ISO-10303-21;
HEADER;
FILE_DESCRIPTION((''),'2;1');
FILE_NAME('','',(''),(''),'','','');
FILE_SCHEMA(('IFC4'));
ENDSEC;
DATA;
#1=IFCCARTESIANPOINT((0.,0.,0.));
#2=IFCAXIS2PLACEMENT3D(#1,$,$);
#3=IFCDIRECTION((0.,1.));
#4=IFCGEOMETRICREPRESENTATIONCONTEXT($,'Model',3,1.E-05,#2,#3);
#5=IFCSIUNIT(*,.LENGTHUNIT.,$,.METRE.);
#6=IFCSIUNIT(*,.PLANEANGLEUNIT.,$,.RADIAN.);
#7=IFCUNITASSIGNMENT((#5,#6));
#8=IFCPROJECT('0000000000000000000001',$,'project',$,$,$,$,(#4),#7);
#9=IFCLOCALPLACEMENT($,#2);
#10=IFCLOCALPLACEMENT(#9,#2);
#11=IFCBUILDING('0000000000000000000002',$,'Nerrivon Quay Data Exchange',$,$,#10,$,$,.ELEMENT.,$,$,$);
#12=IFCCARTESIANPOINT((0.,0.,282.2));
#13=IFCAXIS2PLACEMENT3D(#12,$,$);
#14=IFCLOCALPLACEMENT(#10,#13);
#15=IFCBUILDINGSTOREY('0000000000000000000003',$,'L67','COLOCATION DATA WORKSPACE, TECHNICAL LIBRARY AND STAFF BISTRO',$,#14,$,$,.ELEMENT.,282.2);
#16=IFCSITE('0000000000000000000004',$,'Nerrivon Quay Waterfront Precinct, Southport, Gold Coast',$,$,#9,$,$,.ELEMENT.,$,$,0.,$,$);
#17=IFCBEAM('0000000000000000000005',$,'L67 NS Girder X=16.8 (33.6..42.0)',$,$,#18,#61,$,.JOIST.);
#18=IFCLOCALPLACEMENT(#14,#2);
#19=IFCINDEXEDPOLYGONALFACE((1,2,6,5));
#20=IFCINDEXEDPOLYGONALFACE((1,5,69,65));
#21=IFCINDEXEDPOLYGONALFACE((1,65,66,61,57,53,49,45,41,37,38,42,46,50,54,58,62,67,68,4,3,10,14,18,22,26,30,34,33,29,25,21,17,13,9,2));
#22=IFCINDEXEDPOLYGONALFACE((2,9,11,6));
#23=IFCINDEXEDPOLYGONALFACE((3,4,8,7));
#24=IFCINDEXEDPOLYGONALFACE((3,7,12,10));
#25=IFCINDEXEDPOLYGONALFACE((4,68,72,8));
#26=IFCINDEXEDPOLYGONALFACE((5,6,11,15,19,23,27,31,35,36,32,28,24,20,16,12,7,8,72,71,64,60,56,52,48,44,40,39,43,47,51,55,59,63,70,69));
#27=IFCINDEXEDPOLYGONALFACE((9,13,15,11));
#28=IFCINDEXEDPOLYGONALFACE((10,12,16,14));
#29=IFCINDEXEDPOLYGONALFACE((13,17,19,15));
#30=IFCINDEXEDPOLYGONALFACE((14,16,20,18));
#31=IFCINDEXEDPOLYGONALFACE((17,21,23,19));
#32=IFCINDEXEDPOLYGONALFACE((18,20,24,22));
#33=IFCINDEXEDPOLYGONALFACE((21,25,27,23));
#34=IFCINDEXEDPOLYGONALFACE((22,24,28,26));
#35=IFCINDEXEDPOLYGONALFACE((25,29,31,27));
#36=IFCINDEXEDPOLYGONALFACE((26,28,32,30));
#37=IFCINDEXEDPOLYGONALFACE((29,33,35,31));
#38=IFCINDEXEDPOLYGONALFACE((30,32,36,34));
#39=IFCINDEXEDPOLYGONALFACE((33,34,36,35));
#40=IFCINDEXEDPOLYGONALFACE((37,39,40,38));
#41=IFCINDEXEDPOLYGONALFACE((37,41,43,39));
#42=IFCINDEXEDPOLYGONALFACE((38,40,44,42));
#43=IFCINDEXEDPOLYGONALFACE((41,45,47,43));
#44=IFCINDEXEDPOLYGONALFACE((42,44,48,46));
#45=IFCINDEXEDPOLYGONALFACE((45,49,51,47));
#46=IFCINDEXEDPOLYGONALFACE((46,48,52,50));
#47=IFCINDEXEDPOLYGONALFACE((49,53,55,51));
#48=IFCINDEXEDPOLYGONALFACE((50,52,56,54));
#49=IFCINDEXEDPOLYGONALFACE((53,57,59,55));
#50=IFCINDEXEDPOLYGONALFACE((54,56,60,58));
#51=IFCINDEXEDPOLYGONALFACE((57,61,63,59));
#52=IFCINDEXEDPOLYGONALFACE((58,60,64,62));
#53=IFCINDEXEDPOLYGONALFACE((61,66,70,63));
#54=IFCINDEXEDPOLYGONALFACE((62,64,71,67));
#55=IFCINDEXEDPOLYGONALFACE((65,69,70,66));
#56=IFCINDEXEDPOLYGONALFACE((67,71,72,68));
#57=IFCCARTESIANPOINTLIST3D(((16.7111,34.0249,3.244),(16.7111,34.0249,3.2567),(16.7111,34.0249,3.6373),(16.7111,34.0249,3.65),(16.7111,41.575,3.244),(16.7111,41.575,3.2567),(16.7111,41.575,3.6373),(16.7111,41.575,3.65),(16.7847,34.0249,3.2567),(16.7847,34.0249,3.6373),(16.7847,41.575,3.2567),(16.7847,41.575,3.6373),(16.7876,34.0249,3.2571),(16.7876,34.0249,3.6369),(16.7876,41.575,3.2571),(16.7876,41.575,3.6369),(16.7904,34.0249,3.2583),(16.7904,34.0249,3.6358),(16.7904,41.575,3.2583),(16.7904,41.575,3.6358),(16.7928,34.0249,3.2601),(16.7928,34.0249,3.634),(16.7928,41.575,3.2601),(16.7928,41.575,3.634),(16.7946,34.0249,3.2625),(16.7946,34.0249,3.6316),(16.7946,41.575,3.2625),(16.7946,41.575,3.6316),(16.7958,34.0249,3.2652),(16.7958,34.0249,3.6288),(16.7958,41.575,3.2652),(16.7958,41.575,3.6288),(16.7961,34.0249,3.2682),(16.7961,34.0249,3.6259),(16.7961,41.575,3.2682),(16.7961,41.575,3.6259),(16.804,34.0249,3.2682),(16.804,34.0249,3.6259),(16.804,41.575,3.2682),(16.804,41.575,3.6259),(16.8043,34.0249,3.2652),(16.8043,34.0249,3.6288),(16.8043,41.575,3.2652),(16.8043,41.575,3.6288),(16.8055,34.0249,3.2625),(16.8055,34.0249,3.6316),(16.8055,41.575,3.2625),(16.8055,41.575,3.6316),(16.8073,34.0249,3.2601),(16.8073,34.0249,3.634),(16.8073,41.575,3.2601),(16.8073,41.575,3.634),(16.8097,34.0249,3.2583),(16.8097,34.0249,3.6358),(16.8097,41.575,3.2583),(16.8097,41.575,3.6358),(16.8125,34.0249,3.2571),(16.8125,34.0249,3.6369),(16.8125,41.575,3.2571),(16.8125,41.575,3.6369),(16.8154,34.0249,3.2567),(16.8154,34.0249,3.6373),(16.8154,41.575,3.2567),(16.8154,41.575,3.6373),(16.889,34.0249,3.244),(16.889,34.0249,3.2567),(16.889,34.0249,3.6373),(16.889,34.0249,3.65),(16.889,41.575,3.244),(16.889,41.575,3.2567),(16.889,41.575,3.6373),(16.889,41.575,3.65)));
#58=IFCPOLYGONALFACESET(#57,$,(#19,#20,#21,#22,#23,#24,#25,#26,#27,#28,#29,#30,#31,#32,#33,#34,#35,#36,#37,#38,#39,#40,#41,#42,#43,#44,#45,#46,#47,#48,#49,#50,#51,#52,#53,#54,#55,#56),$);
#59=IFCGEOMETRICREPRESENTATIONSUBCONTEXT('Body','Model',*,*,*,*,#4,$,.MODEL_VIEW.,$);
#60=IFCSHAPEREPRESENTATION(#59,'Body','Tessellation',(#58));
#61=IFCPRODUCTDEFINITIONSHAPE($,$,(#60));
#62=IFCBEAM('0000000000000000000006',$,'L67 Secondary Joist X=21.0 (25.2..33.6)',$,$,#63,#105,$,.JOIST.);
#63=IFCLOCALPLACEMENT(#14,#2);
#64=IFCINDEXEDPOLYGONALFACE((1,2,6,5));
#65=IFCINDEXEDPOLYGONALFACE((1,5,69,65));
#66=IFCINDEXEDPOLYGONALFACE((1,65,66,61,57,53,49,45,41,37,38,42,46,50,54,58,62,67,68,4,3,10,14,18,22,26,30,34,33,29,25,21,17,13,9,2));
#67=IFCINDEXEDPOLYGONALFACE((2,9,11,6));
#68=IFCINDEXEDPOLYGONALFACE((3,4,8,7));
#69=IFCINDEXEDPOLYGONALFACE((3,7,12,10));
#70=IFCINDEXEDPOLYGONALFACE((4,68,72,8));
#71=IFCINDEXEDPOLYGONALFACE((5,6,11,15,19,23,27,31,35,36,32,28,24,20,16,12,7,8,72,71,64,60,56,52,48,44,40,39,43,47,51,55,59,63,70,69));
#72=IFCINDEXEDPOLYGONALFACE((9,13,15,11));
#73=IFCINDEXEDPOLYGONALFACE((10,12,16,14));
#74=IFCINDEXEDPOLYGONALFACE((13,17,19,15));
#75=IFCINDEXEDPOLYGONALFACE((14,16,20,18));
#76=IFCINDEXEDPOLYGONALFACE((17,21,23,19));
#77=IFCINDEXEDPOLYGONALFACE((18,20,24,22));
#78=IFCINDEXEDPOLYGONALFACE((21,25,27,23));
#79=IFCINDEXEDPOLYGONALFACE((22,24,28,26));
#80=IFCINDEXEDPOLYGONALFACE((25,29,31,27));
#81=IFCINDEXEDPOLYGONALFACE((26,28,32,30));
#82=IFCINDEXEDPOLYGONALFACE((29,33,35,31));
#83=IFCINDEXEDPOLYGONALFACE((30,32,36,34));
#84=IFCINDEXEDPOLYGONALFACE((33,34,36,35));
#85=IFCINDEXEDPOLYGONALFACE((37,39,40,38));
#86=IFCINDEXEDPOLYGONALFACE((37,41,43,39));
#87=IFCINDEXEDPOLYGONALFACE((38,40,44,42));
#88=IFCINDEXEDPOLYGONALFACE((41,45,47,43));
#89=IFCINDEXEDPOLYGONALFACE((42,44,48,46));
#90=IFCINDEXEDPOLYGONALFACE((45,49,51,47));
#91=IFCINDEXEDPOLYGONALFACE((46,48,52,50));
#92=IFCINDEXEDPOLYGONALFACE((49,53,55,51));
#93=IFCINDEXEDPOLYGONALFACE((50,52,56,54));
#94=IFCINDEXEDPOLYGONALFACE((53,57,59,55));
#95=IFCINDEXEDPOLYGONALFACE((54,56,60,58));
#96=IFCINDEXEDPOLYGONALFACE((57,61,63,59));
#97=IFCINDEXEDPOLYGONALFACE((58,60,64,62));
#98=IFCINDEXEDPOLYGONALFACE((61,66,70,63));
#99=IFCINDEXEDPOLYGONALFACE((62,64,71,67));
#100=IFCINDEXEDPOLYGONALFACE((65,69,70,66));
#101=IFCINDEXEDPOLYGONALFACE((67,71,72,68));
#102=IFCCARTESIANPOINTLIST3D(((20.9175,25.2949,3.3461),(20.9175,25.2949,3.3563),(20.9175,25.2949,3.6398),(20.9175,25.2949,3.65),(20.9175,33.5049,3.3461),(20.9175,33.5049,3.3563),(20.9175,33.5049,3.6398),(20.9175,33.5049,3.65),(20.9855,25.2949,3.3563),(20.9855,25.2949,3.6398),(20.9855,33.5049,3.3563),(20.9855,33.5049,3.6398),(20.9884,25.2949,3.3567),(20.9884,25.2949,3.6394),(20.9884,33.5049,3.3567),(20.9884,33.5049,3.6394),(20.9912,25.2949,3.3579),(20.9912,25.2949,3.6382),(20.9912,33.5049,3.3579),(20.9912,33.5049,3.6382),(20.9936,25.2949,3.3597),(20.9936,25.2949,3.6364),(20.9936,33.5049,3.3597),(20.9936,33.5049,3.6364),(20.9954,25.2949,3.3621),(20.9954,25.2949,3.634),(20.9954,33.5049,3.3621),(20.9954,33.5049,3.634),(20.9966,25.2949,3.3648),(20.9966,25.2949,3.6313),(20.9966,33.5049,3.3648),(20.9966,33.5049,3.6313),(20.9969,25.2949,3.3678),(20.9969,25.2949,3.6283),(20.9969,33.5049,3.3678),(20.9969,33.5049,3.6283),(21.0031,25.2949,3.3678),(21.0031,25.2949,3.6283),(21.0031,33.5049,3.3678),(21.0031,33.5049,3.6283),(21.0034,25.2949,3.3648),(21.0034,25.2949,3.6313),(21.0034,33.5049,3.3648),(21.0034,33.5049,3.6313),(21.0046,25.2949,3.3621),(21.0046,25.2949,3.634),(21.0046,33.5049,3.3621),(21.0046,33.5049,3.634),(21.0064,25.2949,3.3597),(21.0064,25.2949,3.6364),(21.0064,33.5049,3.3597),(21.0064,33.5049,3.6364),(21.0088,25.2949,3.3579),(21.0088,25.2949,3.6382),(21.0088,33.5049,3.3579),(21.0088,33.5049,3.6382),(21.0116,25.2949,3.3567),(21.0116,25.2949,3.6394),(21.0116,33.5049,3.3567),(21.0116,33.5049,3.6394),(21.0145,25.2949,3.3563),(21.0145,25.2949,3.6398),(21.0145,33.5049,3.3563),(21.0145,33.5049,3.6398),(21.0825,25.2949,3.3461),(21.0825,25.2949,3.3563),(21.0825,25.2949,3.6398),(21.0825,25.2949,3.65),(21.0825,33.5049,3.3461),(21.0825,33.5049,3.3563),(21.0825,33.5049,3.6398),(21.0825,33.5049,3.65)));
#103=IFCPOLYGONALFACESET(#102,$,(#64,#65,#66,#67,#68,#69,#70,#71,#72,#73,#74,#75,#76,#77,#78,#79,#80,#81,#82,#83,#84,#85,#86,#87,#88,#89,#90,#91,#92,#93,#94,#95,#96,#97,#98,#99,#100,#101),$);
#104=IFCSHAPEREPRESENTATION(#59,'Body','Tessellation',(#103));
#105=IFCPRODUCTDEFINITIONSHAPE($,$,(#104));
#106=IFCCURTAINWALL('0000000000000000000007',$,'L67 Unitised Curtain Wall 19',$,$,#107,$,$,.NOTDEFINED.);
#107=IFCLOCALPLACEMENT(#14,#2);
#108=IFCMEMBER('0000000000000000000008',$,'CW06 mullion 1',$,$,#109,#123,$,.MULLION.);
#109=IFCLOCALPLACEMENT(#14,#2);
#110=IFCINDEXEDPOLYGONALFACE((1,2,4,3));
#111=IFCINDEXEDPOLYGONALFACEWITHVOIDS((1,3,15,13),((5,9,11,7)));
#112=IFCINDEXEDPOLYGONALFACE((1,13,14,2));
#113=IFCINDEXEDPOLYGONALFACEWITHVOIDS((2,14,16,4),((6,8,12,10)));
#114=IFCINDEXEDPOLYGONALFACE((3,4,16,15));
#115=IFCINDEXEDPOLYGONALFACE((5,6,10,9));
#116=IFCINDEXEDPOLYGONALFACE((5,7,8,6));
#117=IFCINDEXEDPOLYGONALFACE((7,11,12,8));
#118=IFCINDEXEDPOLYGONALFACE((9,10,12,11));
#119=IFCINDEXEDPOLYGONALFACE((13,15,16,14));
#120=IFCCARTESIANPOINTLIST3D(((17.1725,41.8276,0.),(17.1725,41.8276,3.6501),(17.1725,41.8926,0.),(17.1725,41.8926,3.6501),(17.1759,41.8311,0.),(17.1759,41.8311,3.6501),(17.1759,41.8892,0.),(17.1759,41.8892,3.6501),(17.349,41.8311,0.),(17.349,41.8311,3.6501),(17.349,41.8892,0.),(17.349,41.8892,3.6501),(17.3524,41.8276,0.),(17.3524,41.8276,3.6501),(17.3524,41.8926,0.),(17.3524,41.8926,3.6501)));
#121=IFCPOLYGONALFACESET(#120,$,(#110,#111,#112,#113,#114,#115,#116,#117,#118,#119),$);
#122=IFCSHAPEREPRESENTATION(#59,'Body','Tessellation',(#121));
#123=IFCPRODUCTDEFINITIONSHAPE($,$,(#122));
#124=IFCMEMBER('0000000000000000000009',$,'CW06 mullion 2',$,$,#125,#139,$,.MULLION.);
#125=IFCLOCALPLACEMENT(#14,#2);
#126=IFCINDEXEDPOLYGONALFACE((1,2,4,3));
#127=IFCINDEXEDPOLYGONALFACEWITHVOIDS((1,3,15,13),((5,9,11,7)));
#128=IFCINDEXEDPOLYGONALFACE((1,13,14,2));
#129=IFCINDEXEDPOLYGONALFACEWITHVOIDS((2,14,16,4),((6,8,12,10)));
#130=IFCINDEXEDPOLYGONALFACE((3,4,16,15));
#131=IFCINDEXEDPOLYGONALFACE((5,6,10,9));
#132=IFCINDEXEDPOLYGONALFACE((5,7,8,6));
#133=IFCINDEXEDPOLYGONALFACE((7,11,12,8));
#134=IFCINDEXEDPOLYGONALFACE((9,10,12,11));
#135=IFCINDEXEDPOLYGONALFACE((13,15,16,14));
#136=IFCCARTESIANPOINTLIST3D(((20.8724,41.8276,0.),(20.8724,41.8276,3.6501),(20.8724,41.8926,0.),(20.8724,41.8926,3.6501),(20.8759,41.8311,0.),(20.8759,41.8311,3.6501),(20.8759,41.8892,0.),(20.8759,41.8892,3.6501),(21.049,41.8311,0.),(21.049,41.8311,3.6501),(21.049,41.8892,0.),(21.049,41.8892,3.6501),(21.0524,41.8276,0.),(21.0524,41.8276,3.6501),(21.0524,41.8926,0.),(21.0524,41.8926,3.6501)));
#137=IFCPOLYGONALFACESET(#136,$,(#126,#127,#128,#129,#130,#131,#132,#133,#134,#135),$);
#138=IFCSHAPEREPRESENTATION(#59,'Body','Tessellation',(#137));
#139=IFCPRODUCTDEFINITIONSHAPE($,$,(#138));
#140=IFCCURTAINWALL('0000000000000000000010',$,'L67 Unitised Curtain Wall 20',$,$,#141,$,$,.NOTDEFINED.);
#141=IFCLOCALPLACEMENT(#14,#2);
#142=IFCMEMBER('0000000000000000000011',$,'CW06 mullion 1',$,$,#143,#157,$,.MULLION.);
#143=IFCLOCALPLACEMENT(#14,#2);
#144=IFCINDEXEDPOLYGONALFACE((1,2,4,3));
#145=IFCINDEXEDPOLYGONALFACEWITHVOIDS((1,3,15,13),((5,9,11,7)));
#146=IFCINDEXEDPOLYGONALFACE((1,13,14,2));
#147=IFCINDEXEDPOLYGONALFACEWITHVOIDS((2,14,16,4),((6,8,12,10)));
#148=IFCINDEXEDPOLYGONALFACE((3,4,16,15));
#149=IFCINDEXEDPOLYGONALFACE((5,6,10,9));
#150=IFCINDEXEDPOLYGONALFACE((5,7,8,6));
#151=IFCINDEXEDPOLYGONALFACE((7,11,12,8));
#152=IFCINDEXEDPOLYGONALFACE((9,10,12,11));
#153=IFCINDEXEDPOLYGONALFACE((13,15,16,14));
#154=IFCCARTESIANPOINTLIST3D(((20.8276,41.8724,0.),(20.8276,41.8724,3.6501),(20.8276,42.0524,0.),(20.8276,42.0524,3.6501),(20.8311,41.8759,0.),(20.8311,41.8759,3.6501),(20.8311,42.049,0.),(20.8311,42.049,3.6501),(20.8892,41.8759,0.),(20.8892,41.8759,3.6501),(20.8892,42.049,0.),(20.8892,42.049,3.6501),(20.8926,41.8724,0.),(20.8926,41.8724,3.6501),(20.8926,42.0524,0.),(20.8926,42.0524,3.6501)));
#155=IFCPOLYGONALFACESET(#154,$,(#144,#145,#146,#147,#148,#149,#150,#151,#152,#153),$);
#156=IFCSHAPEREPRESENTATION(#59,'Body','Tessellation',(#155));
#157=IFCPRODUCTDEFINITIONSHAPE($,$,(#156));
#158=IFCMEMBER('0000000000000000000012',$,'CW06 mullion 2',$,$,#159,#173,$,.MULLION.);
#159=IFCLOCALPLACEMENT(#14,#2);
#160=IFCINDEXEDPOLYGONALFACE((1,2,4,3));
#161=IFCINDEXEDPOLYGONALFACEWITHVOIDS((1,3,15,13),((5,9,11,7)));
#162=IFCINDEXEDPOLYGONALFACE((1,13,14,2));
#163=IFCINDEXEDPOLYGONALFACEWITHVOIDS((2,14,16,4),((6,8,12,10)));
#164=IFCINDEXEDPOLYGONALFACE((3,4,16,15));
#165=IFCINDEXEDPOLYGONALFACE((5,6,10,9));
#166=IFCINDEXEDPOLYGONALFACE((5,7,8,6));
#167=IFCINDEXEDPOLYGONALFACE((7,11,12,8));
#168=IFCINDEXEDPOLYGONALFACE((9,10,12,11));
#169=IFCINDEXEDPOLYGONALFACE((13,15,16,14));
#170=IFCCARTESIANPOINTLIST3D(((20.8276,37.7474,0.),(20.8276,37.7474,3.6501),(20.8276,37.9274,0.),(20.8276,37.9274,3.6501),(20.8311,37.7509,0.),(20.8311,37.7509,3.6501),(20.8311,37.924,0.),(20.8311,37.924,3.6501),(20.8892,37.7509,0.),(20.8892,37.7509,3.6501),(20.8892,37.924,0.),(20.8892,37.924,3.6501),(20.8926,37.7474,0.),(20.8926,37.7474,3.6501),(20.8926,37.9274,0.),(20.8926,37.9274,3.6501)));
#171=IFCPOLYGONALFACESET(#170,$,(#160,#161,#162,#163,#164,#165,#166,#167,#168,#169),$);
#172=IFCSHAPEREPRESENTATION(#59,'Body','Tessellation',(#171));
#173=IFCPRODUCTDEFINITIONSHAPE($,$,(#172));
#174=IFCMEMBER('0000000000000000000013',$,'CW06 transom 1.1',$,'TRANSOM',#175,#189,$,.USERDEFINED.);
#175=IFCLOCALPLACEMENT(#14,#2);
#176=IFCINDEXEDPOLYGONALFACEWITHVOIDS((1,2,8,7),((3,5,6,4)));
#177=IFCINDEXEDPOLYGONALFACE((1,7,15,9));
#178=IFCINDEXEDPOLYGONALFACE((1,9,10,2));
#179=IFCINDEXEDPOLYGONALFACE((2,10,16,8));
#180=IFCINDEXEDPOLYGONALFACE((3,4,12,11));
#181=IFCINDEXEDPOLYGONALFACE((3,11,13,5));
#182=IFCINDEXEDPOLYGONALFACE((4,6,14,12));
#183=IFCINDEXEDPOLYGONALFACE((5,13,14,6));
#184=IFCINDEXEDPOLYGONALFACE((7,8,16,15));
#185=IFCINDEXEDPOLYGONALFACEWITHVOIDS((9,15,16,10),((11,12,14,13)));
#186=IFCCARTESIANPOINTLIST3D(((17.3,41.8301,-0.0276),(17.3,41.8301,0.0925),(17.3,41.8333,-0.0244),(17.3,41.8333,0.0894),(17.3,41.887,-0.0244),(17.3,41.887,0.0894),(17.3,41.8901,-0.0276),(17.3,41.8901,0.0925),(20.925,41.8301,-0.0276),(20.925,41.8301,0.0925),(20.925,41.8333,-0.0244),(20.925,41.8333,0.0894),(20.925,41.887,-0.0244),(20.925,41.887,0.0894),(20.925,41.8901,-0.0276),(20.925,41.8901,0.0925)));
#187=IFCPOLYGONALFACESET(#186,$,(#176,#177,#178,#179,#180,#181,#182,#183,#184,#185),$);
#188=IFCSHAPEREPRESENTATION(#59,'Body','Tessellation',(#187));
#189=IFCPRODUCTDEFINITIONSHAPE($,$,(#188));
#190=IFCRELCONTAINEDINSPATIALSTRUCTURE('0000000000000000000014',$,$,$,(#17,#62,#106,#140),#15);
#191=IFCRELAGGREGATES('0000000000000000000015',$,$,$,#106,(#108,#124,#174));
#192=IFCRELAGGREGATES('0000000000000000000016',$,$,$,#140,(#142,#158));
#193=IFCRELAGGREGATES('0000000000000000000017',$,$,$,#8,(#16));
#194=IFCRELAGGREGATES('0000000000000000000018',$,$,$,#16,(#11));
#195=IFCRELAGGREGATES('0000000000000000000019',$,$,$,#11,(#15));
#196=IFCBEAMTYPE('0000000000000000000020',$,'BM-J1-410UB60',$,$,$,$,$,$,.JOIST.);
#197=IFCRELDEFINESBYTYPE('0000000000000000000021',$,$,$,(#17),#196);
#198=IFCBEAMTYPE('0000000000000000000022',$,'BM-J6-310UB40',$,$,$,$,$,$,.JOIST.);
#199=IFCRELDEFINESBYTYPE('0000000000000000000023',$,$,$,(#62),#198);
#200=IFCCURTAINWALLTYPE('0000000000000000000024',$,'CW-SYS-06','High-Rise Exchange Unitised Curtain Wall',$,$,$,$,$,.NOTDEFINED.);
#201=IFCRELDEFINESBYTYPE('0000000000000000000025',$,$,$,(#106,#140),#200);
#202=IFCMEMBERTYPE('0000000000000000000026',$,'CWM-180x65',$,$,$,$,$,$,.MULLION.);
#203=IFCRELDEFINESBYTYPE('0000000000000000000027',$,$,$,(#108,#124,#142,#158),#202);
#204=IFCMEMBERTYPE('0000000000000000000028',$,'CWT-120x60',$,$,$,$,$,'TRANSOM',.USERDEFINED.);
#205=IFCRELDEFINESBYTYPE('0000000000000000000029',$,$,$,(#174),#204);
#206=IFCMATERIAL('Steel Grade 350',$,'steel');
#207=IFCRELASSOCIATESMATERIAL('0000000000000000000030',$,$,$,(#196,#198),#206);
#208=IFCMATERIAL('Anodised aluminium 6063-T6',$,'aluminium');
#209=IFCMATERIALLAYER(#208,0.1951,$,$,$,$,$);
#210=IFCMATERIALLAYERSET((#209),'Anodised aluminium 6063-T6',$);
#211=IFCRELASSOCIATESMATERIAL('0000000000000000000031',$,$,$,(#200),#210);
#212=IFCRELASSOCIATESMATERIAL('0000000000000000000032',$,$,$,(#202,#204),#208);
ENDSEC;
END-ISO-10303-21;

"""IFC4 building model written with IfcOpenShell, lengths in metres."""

from ifc_helpers import new_model, si_unit, direction, frame, origin, origin_2d, place, context, subcontext, project, spatial, hollow_rectangle, i_section, extrude, material, layer, layer_set, material_profile, profile_set, type_object, element, aggregate, save


model = new_model("IFC4")

# Units and contexts
model_context = context("Model", 3, precision=1e-05, world=origin(), true_north=direction((0.0, 1.0)))
body_context = subcontext(model_context, "Body", "Model", "MODEL_VIEW")
ifc_project = project(units=[si_unit("LENGTHUNIT", "METRE"), si_unit("PLANEANGLEUNIT", "RADIAN")], contexts=[model_context])

# Site, building, storey
site_placement = place(None, origin())
site = spatial("IfcSite", under=ifc_project, at=site_placement, Name="Nerrivon Quay Waterfront Precinct, Southport, Gold Coast", CompositionType="ELEMENT", RefElevation=0.0)
building_placement = place(site_placement, origin())
building = spatial("IfcBuilding", under=site, at=building_placement, Name="Nerrivon Quay Data Exchange", CompositionType="ELEMENT")
storey_placement = place(building_placement, frame((0.0, 0.0, 282.2)))
storey = spatial("IfcBuildingStorey", under=building, at=storey_placement, Name="L67", Description="COLOCATION DATA WORKSPACE, TECHNICAL LIBRARY AND STAFF BISTRO", CompositionType="ELEMENT", Elevation=282.2)

# Beams
ifc_material_1 = material(Name="Steel Grade 350", Category="steel")
ifc_material_profile_1 = material_profile(ifc_material_1, i_section(OverallWidth=0.178, OverallDepth=0.406, WebThickness=0.0078, FlangeThickness=0.0127, FilletRadius=0.0115, at=origin_2d()), Name="410UB59.7")
ifc_profile_set_1 = profile_set([ifc_material_profile_1], Name="Steel Grade 350")
beam_type_1 = type_object("IfcBeamType", Name="BM-J1-410UB60", PredefinedType="JOIST", material=ifc_profile_set_1)
for number, where, z_axis, x_axis, name in (
    (1, (16.8, 34.0249, 3.447), (0.0, 1.0, 0.0), (-1.0, 0.0, 0.0), "L67 NS Girder X=16.8 (33.6..42.0)"),
):
    element("IfcBeam", number, at=place(storey_placement, frame(where, z_axis=z_axis, x_axis=x_axis)), inside=storey, type_object=beam_type_1, Name=name, PredefinedType="JOIST", context=body_context, shape_type="SweptSolid", body=[
        extrude(i_section(OverallWidth=0.178, OverallDepth=0.406, WebThickness=0.0078, FlangeThickness=0.0127, FilletRadius=0.0115, at=origin_2d()), origin(), (0.0, 0.0, 1.0), 7.55),
    ])
ifc_material_profile_2 = material_profile(ifc_material_1, i_section(OverallWidth=0.165, OverallDepth=0.304, WebThickness=0.0061, FlangeThickness=0.0103, FilletRadius=0.0115, at=origin_2d()), Name="310UB40.4")
ifc_profile_set_2 = profile_set([ifc_material_profile_2], Name="Steel Grade 350")
beam_type_2 = type_object("IfcBeamType", Name="BM-J6-310UB40", PredefinedType="JOIST", material=ifc_profile_set_2)
beam_placement = place(storey_placement, frame((21.0, 25.2949, 3.498), z_axis=(0.0, 1.0, 0.0), x_axis=(-1.0, 0.0, 0.0)))
element("IfcBeam", 2, at=beam_placement, inside=storey, type_object=beam_type_2, Name="L67 Secondary Joist X=21.0 (25.2..33.6)", PredefinedType="JOIST", context=body_context, shape_type="SweptSolid", body=[
    extrude(i_section(OverallWidth=0.165, OverallDepth=0.304, WebThickness=0.0061, FlangeThickness=0.0103, FilletRadius=0.0115, at=origin_2d()), origin(), (0.0, 0.0, 1.0), 8.21),
])

# Curtain walls, members
ifc_material_2 = material(Name="Anodised aluminium 6063-T6", Category="aluminium")
ifc_layer_1 = layer(ifc_material_2, 0.1951)
ifc_layer_set_1 = layer_set([ifc_layer_1], Name="Anodised aluminium 6063-T6")
curtain_wall_type = type_object("IfcCurtainWallType", Name="CW-SYS-06", Description="High-Rise Exchange Unitised Curtain Wall", PredefinedType="NOTDEFINED", material=ifc_layer_set_1)
curtain_wall_1_placement = place(storey_placement, origin())
curtain_wall_1 = element("IfcCurtainWall", 3, at=curtain_wall_1_placement, inside=storey, type_object=curtain_wall_type, Name="L67 Unitised Curtain Wall 19", PredefinedType="NOTDEFINED")
ifc_material_profile_3 = material_profile(ifc_material_2, hollow_rectangle(XDim=0.0649, YDim=0.1799, WallThickness=0.0034, at=origin_2d()), Name="ALU-MULL-180x65")
ifc_profile_set_3 = profile_set([ifc_material_profile_3], Name="Anodised aluminium 6063-T6")
member_type_1 = type_object("IfcMemberType", Name="CWM-180x65", PredefinedType="MULLION", material=ifc_profile_set_3)
member_1_placement = place(storey_placement, frame((17.2625, 41.8601, 0.0), z_axis=(0.0, 0.0, 1.0), x_axis=(0.0, 1.0, 0.0)))
member_1 = element("IfcMember", 4, at=member_1_placement, type_object=member_type_1, Name="CW06 mullion 1", PredefinedType="MULLION", context=body_context, shape_type="SweptSolid", body=[
    extrude(hollow_rectangle(XDim=0.0649, YDim=0.1799, WallThickness=0.0034, at=origin_2d()), origin(), (0.0, 0.0, 1.0), 3.6501),
])
member_2_placement = place(storey_placement, frame((20.9624, 41.8601, 0.0), z_axis=(0.0, 0.0, 1.0), x_axis=(0.0, 1.0, 0.0)))
member_2 = element("IfcMember", 5, at=member_2_placement, type_object=member_type_1, Name="CW06 mullion 2", PredefinedType="MULLION", context=body_context, shape_type="SweptSolid", body=[
    extrude(hollow_rectangle(XDim=0.0649, YDim=0.1799, WallThickness=0.0034, at=origin_2d()), origin(), (0.0, 0.0, 1.0), 3.6501),
])
curtain_wall_2_placement = place(storey_placement, origin())
curtain_wall_2 = element("IfcCurtainWall", 6, at=curtain_wall_2_placement, inside=storey, type_object=curtain_wall_type, Name="L67 Unitised Curtain Wall 20", PredefinedType="NOTDEFINED")
member_3_placement = place(storey_placement, frame((20.8601, 41.9624, 0.0), z_axis=(0.0, 0.0, 1.0), x_axis=(1.0, 0.0, 0.0)))
member_3 = element("IfcMember", 7, at=member_3_placement, type_object=member_type_1, Name="CW06 mullion 1", PredefinedType="MULLION", context=body_context, shape_type="SweptSolid", body=[
    extrude(hollow_rectangle(XDim=0.0649, YDim=0.1799, WallThickness=0.0034, at=origin_2d()), origin(), (0.0, 0.0, 1.0), 3.6501),
])
member_4_placement = place(storey_placement, frame((20.8601, 37.8374, 0.0), z_axis=(0.0, 0.0, 1.0), x_axis=(1.0, 0.0, 0.0)))
member_4 = element("IfcMember", 8, at=member_4_placement, type_object=member_type_1, Name="CW06 mullion 2", PredefinedType="MULLION", context=body_context, shape_type="SweptSolid", body=[
    extrude(hollow_rectangle(XDim=0.0649, YDim=0.1799, WallThickness=0.0034, at=origin_2d()), origin(), (0.0, 0.0, 1.0), 3.6501),
])

# Member
ifc_material_profile_4 = material_profile(ifc_material_2, hollow_rectangle(XDim=0.0601, YDim=0.1201, WallThickness=0.0032, at=origin_2d()), Name="ALU-TRAN-120x60")
ifc_profile_set_4 = profile_set([ifc_material_profile_4], Name="Anodised aluminium 6063-T6")
member_type_2 = type_object("IfcMemberType", Name="CWT-120x60", ElementType="TRANSOM", PredefinedType="USERDEFINED", material=ifc_profile_set_4)
member_5_placement = place(storey_placement, frame((17.3, 41.8601, 0.0325), z_axis=(1.0, 0.0, 0.0), x_axis=(0.0, 1.0, 0.0)))
member_5 = element("IfcMember", 9, at=member_5_placement, type_object=member_type_2, Name="CW06 transom 1.1", ObjectType="TRANSOM", PredefinedType="USERDEFINED", context=body_context, shape_type="SweptSolid", body=[
    extrude(hollow_rectangle(XDim=0.0601, YDim=0.1201, WallThickness=0.0032, at=origin_2d()), origin(), (0.0, 0.0, 1.0), 3.625),
])

aggregate(curtain_wall_1, [member_1, member_2, member_5])
aggregate(curtain_wall_2, [member_3, member_4])

save(model, "model.ifc")
